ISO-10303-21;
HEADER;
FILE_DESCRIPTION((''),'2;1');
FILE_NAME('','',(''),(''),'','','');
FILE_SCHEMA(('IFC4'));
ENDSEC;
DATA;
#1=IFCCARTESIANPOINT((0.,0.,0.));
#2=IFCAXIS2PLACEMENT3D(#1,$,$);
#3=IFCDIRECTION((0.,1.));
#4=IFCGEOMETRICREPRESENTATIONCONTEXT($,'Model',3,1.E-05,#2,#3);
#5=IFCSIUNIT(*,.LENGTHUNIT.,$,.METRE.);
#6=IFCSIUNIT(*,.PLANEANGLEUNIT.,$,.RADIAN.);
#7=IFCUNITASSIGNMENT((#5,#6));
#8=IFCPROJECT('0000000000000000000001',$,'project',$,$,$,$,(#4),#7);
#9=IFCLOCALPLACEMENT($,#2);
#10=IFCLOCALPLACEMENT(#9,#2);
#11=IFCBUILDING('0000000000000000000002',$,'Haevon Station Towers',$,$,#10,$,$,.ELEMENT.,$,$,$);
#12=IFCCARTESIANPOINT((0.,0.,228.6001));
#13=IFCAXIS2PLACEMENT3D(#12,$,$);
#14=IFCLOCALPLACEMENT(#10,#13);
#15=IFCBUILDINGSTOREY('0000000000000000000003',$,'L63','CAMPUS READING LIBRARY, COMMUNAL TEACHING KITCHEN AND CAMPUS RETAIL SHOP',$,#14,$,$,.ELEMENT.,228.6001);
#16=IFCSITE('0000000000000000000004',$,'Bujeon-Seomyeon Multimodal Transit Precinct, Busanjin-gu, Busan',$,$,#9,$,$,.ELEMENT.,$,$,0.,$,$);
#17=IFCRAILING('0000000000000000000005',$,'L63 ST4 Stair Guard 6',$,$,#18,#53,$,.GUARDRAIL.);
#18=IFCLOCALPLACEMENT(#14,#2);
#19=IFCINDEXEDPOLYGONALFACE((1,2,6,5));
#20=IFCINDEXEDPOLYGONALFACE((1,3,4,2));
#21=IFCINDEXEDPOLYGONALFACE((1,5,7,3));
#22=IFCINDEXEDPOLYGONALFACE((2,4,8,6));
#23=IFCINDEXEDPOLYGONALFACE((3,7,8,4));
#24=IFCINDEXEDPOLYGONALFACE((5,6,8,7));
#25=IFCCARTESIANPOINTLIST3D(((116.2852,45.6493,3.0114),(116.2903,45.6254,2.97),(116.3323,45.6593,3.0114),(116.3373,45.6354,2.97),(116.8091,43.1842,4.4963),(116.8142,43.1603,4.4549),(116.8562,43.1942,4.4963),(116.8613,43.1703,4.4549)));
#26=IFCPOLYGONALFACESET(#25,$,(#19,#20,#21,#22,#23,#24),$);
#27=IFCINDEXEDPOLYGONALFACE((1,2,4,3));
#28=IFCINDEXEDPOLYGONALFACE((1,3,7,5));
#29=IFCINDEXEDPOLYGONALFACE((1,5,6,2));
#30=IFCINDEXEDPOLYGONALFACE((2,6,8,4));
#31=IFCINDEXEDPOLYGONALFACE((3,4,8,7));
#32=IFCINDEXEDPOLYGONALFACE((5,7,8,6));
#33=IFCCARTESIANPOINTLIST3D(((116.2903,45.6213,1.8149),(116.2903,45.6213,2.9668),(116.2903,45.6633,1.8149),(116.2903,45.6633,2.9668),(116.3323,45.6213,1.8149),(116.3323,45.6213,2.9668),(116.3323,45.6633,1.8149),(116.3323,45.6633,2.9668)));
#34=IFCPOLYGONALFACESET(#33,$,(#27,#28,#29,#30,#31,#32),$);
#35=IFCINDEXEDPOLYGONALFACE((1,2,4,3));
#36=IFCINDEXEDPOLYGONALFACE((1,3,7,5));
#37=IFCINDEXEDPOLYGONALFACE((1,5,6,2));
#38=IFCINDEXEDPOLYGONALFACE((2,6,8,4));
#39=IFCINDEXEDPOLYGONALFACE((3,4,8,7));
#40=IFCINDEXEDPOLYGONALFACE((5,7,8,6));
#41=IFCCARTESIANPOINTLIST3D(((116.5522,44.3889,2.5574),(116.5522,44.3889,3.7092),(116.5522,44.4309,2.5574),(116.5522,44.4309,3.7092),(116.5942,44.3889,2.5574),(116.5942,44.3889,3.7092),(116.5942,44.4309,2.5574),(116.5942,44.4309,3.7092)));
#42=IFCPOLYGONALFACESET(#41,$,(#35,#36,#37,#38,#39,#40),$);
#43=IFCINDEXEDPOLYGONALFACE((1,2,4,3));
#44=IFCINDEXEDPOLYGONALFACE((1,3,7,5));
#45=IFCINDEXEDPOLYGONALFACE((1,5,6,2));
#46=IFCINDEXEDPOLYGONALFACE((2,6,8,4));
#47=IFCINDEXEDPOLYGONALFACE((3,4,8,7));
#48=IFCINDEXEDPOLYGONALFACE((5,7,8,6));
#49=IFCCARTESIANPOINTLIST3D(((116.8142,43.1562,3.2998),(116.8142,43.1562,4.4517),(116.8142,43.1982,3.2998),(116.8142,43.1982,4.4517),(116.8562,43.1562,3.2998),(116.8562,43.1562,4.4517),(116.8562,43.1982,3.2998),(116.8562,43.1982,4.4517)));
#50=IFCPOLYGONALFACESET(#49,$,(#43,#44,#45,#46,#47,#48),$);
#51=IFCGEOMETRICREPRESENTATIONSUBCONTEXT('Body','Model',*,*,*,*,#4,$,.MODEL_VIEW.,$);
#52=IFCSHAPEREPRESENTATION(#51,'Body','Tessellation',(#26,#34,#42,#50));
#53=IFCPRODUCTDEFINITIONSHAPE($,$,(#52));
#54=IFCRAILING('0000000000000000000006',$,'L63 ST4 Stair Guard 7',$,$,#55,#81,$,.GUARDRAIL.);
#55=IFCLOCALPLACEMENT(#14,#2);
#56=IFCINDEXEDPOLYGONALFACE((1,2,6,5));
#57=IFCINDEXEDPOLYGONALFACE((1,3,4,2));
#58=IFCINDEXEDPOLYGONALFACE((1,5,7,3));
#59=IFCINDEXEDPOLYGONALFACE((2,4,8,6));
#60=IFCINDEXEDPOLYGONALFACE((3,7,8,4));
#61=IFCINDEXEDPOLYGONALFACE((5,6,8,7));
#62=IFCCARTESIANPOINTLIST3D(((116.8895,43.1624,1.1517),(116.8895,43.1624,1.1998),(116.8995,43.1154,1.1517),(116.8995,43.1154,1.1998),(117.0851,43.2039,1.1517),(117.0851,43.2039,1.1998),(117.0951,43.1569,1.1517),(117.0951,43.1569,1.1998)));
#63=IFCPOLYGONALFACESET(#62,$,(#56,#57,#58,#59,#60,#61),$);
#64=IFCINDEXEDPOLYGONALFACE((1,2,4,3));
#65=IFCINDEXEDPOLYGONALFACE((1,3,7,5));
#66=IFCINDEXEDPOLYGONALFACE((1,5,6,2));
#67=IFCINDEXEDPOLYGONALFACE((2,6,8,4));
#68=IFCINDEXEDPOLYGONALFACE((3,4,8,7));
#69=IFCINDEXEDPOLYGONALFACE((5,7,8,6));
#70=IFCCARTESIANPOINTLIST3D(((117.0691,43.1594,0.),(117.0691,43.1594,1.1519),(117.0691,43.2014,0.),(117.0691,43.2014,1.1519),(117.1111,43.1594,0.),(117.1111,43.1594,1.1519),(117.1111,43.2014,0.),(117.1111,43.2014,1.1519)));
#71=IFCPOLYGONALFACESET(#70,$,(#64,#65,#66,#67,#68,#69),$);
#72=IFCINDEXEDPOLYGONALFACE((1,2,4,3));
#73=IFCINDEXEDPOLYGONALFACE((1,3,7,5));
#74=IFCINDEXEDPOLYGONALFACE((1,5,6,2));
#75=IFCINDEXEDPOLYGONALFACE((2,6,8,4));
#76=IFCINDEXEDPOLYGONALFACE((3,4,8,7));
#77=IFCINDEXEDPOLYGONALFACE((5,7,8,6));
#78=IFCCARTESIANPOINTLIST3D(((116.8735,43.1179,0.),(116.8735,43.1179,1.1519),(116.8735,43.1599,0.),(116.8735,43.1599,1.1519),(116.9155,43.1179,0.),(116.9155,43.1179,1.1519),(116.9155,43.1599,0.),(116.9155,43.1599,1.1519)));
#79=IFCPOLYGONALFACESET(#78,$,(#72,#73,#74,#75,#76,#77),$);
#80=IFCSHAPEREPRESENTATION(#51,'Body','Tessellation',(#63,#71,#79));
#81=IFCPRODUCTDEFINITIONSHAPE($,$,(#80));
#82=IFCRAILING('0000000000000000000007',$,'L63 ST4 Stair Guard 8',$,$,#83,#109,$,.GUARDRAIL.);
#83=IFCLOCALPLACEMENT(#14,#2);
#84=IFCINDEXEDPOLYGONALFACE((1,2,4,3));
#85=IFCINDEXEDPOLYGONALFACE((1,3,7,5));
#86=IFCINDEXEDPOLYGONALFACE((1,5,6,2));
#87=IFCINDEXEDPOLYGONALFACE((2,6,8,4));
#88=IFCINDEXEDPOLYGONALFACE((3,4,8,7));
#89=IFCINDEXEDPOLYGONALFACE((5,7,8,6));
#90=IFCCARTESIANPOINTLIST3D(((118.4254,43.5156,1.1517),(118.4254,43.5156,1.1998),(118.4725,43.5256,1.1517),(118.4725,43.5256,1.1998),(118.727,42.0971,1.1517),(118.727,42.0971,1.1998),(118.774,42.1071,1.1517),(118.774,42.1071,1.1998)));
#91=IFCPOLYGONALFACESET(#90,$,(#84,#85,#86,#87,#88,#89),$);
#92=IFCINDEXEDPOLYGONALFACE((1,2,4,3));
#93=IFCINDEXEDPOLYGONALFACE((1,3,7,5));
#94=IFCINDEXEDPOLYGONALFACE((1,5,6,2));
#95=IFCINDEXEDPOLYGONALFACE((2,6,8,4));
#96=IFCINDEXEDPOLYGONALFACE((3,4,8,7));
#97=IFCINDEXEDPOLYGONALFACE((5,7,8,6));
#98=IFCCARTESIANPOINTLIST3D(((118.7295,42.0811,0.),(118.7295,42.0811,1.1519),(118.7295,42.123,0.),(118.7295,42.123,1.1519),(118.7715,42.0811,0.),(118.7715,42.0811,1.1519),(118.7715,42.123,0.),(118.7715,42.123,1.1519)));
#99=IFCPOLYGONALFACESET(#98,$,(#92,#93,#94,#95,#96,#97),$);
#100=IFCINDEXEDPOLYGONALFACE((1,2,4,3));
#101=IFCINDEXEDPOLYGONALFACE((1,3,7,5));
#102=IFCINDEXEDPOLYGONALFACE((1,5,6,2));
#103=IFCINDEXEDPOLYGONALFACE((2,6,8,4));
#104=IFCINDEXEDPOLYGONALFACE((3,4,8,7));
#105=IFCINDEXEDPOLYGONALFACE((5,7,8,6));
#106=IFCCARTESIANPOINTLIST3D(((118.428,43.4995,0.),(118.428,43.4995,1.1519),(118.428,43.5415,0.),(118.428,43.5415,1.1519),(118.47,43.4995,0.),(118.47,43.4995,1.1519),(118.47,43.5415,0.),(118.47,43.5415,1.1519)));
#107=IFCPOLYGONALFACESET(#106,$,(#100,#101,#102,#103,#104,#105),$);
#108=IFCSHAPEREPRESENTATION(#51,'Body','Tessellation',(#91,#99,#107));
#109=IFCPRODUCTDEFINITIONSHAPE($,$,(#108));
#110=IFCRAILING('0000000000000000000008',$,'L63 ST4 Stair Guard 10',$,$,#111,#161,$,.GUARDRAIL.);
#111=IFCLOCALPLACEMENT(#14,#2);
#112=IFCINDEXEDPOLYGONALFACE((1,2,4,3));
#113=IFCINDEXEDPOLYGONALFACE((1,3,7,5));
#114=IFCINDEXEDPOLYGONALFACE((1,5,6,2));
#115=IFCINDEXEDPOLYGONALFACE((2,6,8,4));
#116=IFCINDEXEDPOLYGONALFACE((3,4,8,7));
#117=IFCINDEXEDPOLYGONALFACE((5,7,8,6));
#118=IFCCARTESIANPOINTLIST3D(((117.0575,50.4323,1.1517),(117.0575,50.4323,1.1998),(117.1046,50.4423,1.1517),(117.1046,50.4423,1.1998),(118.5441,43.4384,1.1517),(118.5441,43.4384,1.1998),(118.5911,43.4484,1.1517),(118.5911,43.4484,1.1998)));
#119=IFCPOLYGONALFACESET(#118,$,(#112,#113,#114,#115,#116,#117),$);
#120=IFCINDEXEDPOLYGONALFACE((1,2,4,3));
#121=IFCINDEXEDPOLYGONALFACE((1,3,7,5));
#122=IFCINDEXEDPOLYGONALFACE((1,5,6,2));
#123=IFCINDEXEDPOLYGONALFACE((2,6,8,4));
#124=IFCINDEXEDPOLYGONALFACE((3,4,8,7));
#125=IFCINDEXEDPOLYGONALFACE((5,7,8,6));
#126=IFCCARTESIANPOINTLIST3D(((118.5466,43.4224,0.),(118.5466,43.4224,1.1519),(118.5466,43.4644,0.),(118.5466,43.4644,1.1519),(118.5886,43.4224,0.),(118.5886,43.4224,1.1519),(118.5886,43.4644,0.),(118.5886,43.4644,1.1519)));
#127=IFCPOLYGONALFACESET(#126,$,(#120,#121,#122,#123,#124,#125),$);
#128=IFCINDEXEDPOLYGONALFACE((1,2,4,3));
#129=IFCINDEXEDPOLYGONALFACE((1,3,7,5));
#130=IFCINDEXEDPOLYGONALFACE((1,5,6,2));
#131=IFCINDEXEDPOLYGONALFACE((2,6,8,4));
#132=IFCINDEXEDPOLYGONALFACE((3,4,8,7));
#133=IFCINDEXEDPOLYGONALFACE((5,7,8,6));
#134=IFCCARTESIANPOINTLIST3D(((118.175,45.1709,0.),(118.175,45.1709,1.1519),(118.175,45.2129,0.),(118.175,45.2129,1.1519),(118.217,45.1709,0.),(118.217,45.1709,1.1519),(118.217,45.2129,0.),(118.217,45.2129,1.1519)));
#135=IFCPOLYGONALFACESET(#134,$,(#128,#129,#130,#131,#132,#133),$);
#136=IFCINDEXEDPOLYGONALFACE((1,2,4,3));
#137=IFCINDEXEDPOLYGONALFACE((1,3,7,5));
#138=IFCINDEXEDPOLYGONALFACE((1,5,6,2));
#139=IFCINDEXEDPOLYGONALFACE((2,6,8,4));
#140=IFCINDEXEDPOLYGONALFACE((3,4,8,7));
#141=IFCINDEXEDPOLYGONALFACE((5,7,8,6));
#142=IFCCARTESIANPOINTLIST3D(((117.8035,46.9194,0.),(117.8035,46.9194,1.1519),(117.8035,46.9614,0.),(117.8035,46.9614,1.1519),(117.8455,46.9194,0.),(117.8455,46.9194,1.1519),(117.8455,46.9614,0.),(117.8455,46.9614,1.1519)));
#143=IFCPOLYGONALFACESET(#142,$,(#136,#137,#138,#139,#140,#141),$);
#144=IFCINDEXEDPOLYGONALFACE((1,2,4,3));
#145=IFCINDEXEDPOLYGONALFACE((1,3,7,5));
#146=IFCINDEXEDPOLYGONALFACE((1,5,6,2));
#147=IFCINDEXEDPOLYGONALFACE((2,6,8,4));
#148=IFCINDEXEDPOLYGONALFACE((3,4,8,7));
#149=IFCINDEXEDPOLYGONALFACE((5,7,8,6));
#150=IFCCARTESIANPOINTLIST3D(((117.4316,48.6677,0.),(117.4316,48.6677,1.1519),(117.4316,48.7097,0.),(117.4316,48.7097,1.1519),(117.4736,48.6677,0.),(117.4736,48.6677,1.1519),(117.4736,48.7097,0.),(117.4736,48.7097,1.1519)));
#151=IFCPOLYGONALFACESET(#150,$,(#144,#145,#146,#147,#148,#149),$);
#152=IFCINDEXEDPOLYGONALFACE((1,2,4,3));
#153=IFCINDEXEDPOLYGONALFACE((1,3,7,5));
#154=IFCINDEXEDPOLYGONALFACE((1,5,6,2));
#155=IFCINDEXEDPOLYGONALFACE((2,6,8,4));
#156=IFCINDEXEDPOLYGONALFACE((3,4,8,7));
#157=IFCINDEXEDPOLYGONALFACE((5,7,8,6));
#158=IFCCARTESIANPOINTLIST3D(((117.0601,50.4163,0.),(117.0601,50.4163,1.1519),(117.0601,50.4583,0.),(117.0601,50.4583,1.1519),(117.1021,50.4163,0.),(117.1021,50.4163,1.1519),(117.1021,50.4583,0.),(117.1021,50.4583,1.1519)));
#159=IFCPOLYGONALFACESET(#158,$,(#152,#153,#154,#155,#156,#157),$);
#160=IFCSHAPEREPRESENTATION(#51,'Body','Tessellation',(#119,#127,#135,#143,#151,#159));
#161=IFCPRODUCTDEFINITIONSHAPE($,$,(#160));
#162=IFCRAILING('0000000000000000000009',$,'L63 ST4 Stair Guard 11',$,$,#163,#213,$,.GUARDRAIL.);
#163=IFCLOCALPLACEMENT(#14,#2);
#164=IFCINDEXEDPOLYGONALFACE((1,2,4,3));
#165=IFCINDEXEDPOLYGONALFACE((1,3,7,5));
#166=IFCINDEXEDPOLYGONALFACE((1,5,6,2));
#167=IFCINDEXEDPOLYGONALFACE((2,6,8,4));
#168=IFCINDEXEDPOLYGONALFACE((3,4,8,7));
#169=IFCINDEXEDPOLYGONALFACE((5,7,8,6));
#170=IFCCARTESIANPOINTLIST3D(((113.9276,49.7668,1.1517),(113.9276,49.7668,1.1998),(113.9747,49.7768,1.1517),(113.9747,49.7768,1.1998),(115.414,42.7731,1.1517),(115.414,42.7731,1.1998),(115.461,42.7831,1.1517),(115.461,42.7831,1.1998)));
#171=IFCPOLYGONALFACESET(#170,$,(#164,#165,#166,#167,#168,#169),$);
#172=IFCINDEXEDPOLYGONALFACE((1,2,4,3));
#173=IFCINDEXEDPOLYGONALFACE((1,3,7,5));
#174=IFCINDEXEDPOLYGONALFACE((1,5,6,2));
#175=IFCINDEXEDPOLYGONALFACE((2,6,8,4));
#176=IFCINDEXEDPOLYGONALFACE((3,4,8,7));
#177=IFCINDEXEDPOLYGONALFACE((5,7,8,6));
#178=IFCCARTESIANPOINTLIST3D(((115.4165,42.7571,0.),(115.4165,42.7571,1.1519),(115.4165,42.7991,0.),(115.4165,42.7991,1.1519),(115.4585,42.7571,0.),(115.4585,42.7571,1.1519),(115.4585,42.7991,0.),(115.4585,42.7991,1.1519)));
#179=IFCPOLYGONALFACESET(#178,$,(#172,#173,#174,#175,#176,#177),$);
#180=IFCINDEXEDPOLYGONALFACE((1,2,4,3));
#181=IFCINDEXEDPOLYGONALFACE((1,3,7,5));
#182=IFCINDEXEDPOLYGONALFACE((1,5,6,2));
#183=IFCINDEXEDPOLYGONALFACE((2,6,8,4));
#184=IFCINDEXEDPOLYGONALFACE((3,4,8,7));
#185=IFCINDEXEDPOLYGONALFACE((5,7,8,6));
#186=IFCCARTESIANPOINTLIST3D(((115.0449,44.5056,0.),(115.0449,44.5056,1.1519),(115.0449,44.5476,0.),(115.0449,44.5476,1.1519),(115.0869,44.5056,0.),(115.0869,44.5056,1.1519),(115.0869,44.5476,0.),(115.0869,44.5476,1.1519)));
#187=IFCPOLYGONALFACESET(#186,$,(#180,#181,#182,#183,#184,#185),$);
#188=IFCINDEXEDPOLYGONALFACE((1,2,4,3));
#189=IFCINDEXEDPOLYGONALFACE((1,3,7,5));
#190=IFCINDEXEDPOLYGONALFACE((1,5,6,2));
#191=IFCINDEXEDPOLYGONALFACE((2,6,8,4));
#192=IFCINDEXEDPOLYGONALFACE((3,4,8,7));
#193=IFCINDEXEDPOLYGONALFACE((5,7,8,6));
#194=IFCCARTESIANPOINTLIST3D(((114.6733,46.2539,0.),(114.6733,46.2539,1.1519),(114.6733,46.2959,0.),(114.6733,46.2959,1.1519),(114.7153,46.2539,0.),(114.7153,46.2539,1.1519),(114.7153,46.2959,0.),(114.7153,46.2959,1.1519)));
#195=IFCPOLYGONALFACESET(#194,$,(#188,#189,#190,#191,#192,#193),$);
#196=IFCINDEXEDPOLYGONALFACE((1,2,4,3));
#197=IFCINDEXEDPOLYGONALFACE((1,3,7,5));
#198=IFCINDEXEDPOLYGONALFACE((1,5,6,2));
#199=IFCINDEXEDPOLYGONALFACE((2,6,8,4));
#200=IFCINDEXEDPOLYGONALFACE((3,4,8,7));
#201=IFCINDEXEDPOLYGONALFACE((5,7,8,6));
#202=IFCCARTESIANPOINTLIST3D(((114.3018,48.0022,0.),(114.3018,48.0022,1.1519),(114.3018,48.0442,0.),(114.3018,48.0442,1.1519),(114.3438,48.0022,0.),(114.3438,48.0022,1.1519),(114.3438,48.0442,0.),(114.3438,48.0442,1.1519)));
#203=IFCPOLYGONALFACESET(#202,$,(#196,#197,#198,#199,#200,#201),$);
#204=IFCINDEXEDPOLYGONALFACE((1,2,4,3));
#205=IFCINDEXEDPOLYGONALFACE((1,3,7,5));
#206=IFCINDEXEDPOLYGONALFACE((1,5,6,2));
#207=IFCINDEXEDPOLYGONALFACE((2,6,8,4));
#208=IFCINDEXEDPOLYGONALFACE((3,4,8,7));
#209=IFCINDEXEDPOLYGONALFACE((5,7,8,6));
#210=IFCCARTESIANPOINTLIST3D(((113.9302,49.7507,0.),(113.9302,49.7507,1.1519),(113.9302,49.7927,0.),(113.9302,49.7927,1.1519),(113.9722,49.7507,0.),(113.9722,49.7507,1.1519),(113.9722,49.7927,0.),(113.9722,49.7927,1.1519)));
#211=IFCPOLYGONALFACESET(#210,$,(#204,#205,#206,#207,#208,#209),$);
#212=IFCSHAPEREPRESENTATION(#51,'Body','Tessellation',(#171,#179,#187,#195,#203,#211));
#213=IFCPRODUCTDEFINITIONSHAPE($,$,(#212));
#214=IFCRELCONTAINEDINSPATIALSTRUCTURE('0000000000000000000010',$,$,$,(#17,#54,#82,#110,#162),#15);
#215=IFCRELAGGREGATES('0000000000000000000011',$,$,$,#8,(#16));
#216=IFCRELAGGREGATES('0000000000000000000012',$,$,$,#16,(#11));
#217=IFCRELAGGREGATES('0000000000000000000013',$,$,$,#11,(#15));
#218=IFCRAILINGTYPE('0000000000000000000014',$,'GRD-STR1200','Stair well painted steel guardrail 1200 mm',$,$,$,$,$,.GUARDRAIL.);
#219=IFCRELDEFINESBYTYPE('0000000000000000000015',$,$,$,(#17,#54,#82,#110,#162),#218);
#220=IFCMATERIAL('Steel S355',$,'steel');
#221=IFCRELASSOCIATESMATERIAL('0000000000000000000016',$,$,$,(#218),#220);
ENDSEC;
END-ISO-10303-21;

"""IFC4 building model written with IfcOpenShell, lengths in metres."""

from ifc_helpers import new_model, si_unit, direction, frame, origin, origin_2d, place, context, subcontext, project, spatial, rectangle, extrude, material, type_object, element, save


model = new_model("IFC4")

# Units and contexts
model_context = context("Model", 3, precision=1e-05, world=origin(), true_north=direction((0.0, 1.0)))
body_context = subcontext(model_context, "Body", "Model", "MODEL_VIEW")
ifc_project = project(units=[si_unit("LENGTHUNIT", "METRE"), si_unit("PLANEANGLEUNIT", "RADIAN")], contexts=[model_context])

# Site, building, storey
site_placement = place(None, origin())
site = spatial("IfcSite", under=ifc_project, at=site_placement, Name="Bujeon-Seomyeon Multimodal Transit Precinct, Busanjin-gu, Busan", CompositionType="ELEMENT", RefElevation=0.0)
building_placement = place(site_placement, origin())
building = spatial("IfcBuilding", under=site, at=building_placement, Name="Haevon Station Towers", CompositionType="ELEMENT")
storey_placement = place(building_placement, frame((0.0, 0.0, 228.6001)))
storey = spatial("IfcBuildingStorey", under=building, at=storey_placement, Name="L63", Description="CAMPUS READING LIBRARY, COMMUNAL TEACHING KITCHEN AND CAMPUS RETAIL SHOP", CompositionType="ELEMENT", Elevation=228.6001)

# Shared definitions
ifc_material_1 = material(Name="Steel S355", Category="steel")

# Railings
railing_type_1 = type_object("IfcRailingType", Name="GRD-STR1200", Description="Stair well painted steel guardrail 1200 mm", PredefinedType="GUARDRAIL", material=ifc_material_1)
railing_1_placement = place(storey_placement, frame((116.3113, 45.6423, 1.8149)))
element("IfcRailing", 1, at=railing_1_placement, inside=storey, type_object=railing_type_1, Name="L63 ST4 Stair Guard 6", PredefinedType="GUARDRAIL", context=body_context, shape_type="SweptSolid", body=[
    extrude(rectangle(XDim=0.0481, YDim=0.0481, at=origin_2d()), frame((0.0, 0.0, 1.1758), z_axis=(0.179116, -0.842748, 0.507635), x_axis=(0.978151, 0.207895, 0.0)), (0.0, 0.0, 1.0), 2.925),
    extrude(rectangle(XDim=0.042, YDim=0.042, at=origin_2d()), origin(), (0.0, 0.0, 1.0), 1.1519),
    extrude(rectangle(XDim=0.042, YDim=0.042, at=origin_2d()), frame((0.262, -1.2324, 0.7424)), (0.0, 0.0, 1.0), 1.1519),
    extrude(rectangle(XDim=0.042, YDim=0.042, at=origin_2d()), frame((0.5239, -2.4651, 1.4849)), (0.0, 0.0, 1.0), 1.1519),
])
railing_2_placement = place(storey_placement, frame((117.0901, 43.1804, 0.0)))
element("IfcRailing", 2, at=railing_2_placement, inside=storey, type_object=railing_type_1, Name="L63 ST4 Stair Guard 7", PredefinedType="GUARDRAIL", context=body_context, shape_type="SweptSolid", body=[
    extrude(rectangle(XDim=0.0481, YDim=0.0481, at=origin_2d()), frame((0.0, 0.0, 1.1758), z_axis=(-0.978212, -0.20761, 0.0), x_axis=(0.20761, -0.978212, 0.0)), (0.0, 0.0, 1.0), 0.2),
    extrude(rectangle(XDim=0.042, YDim=0.042, at=origin_2d()), origin(), (0.0, 0.0, 1.0), 1.1519),
    extrude(rectangle(XDim=0.042, YDim=0.042, at=origin_2d()), frame((-0.1956, -0.0415, 0.0)), (0.0, 0.0, 1.0), 1.1519),
])
railing_3_placement = place(storey_placement, frame((118.7505, 42.1021, 0.0)))
element("IfcRailing", 3, at=railing_3_placement, inside=storey, type_object=railing_type_1, Name="L63 ST4 Stair Guard 8", PredefinedType="GUARDRAIL", context=body_context, shape_type="SweptSolid", body=[
    extrude(rectangle(XDim=0.0481, YDim=0.0481, at=origin_2d()), frame((0.0, 0.0, 1.1758), z_axis=(-0.207919, 0.978146, 0.0), x_axis=(-0.978146, -0.207919, 0.0)), (0.0, 0.0, 1.0), 1.4502),
    extrude(rectangle(XDim=0.042, YDim=0.042, at=origin_2d()), origin(), (0.0, 0.0, 1.0), 1.1519),
    extrude(rectangle(XDim=0.042, YDim=0.042, at=origin_2d()), frame((-0.3015, 1.4185, 0.0)), (0.0, 0.0, 1.0), 1.1519),
])
railing_4_placement = place(storey_placement, frame((118.5676, 43.4434, 0.0)))
element("IfcRailing", 4, at=railing_4_placement, inside=storey, type_object=railing_type_1, Name="L63 ST4 Stair Guard 10", PredefinedType="GUARDRAIL", context=body_context, shape_type="SweptSolid", body=[
    extrude(rectangle(XDim=0.0481, YDim=0.0481, at=origin_2d()), frame((0.0, 0.0, 1.1758), z_axis=(-0.207908, 0.978148, 0.0), x_axis=(-0.978148, -0.207908, 0.0)), (0.0, 0.0, 1.0), 7.1501),
    extrude(rectangle(XDim=0.042, YDim=0.042, at=origin_2d()), origin(), (0.0, 0.0, 1.0), 1.1519),
    extrude(rectangle(XDim=0.042, YDim=0.042, at=origin_2d()), frame((-0.3716, 1.7485, 0.0)), (0.0, 0.0, 1.0), 1.1519),
    extrude(rectangle(XDim=0.042, YDim=0.042, at=origin_2d()), frame((-0.7432, 3.4971, 0.0)), (0.0, 0.0, 1.0), 1.1519),
    extrude(rectangle(XDim=0.042, YDim=0.042, at=origin_2d()), frame((-1.115, 5.2454, 0.0)), (0.0, 0.0, 1.0), 1.1519),
    extrude(rectangle(XDim=0.042, YDim=0.042, at=origin_2d()), frame((-1.4866, 6.9939, 0.0)), (0.0, 0.0, 1.0), 1.1519),
])
railing_5_placement = place(storey_placement, frame((115.4375, 42.7781, 0.0)))
element("IfcRailing", 5, at=railing_5_placement, inside=storey, type_object=railing_type_1, Name="L63 ST4 Stair Guard 11", PredefinedType="GUARDRAIL", context=body_context, shape_type="SweptSolid", body=[
    extrude(rectangle(XDim=0.0481, YDim=0.0481, at=origin_2d()), frame((0.0, 0.0, 1.1758), z_axis=(-0.207882, 0.978154, 0.0), x_axis=(-0.978154, -0.207882, 0.0)), (0.0, 0.0, 1.0), 7.1499),
    extrude(rectangle(XDim=0.042, YDim=0.042, at=origin_2d()), origin(), (0.0, 0.0, 1.0), 1.1519),
    extrude(rectangle(XDim=0.042, YDim=0.042, at=origin_2d()), frame((-0.3716, 1.7485, 0.0)), (0.0, 0.0, 1.0), 1.1519),
    extrude(rectangle(XDim=0.042, YDim=0.042, at=origin_2d()), frame((-0.7432, 3.4968, 0.0)), (0.0, 0.0, 1.0), 1.1519),
    extrude(rectangle(XDim=0.042, YDim=0.042, at=origin_2d()), frame((-1.1147, 5.2451, 0.0)), (0.0, 0.0, 1.0), 1.1519),
    extrude(rectangle(XDim=0.042, YDim=0.042, at=origin_2d()), frame((-1.4863, 6.9937, 0.0)), (0.0, 0.0, 1.0), 1.1519),
])

save(model, "model.ifc")
